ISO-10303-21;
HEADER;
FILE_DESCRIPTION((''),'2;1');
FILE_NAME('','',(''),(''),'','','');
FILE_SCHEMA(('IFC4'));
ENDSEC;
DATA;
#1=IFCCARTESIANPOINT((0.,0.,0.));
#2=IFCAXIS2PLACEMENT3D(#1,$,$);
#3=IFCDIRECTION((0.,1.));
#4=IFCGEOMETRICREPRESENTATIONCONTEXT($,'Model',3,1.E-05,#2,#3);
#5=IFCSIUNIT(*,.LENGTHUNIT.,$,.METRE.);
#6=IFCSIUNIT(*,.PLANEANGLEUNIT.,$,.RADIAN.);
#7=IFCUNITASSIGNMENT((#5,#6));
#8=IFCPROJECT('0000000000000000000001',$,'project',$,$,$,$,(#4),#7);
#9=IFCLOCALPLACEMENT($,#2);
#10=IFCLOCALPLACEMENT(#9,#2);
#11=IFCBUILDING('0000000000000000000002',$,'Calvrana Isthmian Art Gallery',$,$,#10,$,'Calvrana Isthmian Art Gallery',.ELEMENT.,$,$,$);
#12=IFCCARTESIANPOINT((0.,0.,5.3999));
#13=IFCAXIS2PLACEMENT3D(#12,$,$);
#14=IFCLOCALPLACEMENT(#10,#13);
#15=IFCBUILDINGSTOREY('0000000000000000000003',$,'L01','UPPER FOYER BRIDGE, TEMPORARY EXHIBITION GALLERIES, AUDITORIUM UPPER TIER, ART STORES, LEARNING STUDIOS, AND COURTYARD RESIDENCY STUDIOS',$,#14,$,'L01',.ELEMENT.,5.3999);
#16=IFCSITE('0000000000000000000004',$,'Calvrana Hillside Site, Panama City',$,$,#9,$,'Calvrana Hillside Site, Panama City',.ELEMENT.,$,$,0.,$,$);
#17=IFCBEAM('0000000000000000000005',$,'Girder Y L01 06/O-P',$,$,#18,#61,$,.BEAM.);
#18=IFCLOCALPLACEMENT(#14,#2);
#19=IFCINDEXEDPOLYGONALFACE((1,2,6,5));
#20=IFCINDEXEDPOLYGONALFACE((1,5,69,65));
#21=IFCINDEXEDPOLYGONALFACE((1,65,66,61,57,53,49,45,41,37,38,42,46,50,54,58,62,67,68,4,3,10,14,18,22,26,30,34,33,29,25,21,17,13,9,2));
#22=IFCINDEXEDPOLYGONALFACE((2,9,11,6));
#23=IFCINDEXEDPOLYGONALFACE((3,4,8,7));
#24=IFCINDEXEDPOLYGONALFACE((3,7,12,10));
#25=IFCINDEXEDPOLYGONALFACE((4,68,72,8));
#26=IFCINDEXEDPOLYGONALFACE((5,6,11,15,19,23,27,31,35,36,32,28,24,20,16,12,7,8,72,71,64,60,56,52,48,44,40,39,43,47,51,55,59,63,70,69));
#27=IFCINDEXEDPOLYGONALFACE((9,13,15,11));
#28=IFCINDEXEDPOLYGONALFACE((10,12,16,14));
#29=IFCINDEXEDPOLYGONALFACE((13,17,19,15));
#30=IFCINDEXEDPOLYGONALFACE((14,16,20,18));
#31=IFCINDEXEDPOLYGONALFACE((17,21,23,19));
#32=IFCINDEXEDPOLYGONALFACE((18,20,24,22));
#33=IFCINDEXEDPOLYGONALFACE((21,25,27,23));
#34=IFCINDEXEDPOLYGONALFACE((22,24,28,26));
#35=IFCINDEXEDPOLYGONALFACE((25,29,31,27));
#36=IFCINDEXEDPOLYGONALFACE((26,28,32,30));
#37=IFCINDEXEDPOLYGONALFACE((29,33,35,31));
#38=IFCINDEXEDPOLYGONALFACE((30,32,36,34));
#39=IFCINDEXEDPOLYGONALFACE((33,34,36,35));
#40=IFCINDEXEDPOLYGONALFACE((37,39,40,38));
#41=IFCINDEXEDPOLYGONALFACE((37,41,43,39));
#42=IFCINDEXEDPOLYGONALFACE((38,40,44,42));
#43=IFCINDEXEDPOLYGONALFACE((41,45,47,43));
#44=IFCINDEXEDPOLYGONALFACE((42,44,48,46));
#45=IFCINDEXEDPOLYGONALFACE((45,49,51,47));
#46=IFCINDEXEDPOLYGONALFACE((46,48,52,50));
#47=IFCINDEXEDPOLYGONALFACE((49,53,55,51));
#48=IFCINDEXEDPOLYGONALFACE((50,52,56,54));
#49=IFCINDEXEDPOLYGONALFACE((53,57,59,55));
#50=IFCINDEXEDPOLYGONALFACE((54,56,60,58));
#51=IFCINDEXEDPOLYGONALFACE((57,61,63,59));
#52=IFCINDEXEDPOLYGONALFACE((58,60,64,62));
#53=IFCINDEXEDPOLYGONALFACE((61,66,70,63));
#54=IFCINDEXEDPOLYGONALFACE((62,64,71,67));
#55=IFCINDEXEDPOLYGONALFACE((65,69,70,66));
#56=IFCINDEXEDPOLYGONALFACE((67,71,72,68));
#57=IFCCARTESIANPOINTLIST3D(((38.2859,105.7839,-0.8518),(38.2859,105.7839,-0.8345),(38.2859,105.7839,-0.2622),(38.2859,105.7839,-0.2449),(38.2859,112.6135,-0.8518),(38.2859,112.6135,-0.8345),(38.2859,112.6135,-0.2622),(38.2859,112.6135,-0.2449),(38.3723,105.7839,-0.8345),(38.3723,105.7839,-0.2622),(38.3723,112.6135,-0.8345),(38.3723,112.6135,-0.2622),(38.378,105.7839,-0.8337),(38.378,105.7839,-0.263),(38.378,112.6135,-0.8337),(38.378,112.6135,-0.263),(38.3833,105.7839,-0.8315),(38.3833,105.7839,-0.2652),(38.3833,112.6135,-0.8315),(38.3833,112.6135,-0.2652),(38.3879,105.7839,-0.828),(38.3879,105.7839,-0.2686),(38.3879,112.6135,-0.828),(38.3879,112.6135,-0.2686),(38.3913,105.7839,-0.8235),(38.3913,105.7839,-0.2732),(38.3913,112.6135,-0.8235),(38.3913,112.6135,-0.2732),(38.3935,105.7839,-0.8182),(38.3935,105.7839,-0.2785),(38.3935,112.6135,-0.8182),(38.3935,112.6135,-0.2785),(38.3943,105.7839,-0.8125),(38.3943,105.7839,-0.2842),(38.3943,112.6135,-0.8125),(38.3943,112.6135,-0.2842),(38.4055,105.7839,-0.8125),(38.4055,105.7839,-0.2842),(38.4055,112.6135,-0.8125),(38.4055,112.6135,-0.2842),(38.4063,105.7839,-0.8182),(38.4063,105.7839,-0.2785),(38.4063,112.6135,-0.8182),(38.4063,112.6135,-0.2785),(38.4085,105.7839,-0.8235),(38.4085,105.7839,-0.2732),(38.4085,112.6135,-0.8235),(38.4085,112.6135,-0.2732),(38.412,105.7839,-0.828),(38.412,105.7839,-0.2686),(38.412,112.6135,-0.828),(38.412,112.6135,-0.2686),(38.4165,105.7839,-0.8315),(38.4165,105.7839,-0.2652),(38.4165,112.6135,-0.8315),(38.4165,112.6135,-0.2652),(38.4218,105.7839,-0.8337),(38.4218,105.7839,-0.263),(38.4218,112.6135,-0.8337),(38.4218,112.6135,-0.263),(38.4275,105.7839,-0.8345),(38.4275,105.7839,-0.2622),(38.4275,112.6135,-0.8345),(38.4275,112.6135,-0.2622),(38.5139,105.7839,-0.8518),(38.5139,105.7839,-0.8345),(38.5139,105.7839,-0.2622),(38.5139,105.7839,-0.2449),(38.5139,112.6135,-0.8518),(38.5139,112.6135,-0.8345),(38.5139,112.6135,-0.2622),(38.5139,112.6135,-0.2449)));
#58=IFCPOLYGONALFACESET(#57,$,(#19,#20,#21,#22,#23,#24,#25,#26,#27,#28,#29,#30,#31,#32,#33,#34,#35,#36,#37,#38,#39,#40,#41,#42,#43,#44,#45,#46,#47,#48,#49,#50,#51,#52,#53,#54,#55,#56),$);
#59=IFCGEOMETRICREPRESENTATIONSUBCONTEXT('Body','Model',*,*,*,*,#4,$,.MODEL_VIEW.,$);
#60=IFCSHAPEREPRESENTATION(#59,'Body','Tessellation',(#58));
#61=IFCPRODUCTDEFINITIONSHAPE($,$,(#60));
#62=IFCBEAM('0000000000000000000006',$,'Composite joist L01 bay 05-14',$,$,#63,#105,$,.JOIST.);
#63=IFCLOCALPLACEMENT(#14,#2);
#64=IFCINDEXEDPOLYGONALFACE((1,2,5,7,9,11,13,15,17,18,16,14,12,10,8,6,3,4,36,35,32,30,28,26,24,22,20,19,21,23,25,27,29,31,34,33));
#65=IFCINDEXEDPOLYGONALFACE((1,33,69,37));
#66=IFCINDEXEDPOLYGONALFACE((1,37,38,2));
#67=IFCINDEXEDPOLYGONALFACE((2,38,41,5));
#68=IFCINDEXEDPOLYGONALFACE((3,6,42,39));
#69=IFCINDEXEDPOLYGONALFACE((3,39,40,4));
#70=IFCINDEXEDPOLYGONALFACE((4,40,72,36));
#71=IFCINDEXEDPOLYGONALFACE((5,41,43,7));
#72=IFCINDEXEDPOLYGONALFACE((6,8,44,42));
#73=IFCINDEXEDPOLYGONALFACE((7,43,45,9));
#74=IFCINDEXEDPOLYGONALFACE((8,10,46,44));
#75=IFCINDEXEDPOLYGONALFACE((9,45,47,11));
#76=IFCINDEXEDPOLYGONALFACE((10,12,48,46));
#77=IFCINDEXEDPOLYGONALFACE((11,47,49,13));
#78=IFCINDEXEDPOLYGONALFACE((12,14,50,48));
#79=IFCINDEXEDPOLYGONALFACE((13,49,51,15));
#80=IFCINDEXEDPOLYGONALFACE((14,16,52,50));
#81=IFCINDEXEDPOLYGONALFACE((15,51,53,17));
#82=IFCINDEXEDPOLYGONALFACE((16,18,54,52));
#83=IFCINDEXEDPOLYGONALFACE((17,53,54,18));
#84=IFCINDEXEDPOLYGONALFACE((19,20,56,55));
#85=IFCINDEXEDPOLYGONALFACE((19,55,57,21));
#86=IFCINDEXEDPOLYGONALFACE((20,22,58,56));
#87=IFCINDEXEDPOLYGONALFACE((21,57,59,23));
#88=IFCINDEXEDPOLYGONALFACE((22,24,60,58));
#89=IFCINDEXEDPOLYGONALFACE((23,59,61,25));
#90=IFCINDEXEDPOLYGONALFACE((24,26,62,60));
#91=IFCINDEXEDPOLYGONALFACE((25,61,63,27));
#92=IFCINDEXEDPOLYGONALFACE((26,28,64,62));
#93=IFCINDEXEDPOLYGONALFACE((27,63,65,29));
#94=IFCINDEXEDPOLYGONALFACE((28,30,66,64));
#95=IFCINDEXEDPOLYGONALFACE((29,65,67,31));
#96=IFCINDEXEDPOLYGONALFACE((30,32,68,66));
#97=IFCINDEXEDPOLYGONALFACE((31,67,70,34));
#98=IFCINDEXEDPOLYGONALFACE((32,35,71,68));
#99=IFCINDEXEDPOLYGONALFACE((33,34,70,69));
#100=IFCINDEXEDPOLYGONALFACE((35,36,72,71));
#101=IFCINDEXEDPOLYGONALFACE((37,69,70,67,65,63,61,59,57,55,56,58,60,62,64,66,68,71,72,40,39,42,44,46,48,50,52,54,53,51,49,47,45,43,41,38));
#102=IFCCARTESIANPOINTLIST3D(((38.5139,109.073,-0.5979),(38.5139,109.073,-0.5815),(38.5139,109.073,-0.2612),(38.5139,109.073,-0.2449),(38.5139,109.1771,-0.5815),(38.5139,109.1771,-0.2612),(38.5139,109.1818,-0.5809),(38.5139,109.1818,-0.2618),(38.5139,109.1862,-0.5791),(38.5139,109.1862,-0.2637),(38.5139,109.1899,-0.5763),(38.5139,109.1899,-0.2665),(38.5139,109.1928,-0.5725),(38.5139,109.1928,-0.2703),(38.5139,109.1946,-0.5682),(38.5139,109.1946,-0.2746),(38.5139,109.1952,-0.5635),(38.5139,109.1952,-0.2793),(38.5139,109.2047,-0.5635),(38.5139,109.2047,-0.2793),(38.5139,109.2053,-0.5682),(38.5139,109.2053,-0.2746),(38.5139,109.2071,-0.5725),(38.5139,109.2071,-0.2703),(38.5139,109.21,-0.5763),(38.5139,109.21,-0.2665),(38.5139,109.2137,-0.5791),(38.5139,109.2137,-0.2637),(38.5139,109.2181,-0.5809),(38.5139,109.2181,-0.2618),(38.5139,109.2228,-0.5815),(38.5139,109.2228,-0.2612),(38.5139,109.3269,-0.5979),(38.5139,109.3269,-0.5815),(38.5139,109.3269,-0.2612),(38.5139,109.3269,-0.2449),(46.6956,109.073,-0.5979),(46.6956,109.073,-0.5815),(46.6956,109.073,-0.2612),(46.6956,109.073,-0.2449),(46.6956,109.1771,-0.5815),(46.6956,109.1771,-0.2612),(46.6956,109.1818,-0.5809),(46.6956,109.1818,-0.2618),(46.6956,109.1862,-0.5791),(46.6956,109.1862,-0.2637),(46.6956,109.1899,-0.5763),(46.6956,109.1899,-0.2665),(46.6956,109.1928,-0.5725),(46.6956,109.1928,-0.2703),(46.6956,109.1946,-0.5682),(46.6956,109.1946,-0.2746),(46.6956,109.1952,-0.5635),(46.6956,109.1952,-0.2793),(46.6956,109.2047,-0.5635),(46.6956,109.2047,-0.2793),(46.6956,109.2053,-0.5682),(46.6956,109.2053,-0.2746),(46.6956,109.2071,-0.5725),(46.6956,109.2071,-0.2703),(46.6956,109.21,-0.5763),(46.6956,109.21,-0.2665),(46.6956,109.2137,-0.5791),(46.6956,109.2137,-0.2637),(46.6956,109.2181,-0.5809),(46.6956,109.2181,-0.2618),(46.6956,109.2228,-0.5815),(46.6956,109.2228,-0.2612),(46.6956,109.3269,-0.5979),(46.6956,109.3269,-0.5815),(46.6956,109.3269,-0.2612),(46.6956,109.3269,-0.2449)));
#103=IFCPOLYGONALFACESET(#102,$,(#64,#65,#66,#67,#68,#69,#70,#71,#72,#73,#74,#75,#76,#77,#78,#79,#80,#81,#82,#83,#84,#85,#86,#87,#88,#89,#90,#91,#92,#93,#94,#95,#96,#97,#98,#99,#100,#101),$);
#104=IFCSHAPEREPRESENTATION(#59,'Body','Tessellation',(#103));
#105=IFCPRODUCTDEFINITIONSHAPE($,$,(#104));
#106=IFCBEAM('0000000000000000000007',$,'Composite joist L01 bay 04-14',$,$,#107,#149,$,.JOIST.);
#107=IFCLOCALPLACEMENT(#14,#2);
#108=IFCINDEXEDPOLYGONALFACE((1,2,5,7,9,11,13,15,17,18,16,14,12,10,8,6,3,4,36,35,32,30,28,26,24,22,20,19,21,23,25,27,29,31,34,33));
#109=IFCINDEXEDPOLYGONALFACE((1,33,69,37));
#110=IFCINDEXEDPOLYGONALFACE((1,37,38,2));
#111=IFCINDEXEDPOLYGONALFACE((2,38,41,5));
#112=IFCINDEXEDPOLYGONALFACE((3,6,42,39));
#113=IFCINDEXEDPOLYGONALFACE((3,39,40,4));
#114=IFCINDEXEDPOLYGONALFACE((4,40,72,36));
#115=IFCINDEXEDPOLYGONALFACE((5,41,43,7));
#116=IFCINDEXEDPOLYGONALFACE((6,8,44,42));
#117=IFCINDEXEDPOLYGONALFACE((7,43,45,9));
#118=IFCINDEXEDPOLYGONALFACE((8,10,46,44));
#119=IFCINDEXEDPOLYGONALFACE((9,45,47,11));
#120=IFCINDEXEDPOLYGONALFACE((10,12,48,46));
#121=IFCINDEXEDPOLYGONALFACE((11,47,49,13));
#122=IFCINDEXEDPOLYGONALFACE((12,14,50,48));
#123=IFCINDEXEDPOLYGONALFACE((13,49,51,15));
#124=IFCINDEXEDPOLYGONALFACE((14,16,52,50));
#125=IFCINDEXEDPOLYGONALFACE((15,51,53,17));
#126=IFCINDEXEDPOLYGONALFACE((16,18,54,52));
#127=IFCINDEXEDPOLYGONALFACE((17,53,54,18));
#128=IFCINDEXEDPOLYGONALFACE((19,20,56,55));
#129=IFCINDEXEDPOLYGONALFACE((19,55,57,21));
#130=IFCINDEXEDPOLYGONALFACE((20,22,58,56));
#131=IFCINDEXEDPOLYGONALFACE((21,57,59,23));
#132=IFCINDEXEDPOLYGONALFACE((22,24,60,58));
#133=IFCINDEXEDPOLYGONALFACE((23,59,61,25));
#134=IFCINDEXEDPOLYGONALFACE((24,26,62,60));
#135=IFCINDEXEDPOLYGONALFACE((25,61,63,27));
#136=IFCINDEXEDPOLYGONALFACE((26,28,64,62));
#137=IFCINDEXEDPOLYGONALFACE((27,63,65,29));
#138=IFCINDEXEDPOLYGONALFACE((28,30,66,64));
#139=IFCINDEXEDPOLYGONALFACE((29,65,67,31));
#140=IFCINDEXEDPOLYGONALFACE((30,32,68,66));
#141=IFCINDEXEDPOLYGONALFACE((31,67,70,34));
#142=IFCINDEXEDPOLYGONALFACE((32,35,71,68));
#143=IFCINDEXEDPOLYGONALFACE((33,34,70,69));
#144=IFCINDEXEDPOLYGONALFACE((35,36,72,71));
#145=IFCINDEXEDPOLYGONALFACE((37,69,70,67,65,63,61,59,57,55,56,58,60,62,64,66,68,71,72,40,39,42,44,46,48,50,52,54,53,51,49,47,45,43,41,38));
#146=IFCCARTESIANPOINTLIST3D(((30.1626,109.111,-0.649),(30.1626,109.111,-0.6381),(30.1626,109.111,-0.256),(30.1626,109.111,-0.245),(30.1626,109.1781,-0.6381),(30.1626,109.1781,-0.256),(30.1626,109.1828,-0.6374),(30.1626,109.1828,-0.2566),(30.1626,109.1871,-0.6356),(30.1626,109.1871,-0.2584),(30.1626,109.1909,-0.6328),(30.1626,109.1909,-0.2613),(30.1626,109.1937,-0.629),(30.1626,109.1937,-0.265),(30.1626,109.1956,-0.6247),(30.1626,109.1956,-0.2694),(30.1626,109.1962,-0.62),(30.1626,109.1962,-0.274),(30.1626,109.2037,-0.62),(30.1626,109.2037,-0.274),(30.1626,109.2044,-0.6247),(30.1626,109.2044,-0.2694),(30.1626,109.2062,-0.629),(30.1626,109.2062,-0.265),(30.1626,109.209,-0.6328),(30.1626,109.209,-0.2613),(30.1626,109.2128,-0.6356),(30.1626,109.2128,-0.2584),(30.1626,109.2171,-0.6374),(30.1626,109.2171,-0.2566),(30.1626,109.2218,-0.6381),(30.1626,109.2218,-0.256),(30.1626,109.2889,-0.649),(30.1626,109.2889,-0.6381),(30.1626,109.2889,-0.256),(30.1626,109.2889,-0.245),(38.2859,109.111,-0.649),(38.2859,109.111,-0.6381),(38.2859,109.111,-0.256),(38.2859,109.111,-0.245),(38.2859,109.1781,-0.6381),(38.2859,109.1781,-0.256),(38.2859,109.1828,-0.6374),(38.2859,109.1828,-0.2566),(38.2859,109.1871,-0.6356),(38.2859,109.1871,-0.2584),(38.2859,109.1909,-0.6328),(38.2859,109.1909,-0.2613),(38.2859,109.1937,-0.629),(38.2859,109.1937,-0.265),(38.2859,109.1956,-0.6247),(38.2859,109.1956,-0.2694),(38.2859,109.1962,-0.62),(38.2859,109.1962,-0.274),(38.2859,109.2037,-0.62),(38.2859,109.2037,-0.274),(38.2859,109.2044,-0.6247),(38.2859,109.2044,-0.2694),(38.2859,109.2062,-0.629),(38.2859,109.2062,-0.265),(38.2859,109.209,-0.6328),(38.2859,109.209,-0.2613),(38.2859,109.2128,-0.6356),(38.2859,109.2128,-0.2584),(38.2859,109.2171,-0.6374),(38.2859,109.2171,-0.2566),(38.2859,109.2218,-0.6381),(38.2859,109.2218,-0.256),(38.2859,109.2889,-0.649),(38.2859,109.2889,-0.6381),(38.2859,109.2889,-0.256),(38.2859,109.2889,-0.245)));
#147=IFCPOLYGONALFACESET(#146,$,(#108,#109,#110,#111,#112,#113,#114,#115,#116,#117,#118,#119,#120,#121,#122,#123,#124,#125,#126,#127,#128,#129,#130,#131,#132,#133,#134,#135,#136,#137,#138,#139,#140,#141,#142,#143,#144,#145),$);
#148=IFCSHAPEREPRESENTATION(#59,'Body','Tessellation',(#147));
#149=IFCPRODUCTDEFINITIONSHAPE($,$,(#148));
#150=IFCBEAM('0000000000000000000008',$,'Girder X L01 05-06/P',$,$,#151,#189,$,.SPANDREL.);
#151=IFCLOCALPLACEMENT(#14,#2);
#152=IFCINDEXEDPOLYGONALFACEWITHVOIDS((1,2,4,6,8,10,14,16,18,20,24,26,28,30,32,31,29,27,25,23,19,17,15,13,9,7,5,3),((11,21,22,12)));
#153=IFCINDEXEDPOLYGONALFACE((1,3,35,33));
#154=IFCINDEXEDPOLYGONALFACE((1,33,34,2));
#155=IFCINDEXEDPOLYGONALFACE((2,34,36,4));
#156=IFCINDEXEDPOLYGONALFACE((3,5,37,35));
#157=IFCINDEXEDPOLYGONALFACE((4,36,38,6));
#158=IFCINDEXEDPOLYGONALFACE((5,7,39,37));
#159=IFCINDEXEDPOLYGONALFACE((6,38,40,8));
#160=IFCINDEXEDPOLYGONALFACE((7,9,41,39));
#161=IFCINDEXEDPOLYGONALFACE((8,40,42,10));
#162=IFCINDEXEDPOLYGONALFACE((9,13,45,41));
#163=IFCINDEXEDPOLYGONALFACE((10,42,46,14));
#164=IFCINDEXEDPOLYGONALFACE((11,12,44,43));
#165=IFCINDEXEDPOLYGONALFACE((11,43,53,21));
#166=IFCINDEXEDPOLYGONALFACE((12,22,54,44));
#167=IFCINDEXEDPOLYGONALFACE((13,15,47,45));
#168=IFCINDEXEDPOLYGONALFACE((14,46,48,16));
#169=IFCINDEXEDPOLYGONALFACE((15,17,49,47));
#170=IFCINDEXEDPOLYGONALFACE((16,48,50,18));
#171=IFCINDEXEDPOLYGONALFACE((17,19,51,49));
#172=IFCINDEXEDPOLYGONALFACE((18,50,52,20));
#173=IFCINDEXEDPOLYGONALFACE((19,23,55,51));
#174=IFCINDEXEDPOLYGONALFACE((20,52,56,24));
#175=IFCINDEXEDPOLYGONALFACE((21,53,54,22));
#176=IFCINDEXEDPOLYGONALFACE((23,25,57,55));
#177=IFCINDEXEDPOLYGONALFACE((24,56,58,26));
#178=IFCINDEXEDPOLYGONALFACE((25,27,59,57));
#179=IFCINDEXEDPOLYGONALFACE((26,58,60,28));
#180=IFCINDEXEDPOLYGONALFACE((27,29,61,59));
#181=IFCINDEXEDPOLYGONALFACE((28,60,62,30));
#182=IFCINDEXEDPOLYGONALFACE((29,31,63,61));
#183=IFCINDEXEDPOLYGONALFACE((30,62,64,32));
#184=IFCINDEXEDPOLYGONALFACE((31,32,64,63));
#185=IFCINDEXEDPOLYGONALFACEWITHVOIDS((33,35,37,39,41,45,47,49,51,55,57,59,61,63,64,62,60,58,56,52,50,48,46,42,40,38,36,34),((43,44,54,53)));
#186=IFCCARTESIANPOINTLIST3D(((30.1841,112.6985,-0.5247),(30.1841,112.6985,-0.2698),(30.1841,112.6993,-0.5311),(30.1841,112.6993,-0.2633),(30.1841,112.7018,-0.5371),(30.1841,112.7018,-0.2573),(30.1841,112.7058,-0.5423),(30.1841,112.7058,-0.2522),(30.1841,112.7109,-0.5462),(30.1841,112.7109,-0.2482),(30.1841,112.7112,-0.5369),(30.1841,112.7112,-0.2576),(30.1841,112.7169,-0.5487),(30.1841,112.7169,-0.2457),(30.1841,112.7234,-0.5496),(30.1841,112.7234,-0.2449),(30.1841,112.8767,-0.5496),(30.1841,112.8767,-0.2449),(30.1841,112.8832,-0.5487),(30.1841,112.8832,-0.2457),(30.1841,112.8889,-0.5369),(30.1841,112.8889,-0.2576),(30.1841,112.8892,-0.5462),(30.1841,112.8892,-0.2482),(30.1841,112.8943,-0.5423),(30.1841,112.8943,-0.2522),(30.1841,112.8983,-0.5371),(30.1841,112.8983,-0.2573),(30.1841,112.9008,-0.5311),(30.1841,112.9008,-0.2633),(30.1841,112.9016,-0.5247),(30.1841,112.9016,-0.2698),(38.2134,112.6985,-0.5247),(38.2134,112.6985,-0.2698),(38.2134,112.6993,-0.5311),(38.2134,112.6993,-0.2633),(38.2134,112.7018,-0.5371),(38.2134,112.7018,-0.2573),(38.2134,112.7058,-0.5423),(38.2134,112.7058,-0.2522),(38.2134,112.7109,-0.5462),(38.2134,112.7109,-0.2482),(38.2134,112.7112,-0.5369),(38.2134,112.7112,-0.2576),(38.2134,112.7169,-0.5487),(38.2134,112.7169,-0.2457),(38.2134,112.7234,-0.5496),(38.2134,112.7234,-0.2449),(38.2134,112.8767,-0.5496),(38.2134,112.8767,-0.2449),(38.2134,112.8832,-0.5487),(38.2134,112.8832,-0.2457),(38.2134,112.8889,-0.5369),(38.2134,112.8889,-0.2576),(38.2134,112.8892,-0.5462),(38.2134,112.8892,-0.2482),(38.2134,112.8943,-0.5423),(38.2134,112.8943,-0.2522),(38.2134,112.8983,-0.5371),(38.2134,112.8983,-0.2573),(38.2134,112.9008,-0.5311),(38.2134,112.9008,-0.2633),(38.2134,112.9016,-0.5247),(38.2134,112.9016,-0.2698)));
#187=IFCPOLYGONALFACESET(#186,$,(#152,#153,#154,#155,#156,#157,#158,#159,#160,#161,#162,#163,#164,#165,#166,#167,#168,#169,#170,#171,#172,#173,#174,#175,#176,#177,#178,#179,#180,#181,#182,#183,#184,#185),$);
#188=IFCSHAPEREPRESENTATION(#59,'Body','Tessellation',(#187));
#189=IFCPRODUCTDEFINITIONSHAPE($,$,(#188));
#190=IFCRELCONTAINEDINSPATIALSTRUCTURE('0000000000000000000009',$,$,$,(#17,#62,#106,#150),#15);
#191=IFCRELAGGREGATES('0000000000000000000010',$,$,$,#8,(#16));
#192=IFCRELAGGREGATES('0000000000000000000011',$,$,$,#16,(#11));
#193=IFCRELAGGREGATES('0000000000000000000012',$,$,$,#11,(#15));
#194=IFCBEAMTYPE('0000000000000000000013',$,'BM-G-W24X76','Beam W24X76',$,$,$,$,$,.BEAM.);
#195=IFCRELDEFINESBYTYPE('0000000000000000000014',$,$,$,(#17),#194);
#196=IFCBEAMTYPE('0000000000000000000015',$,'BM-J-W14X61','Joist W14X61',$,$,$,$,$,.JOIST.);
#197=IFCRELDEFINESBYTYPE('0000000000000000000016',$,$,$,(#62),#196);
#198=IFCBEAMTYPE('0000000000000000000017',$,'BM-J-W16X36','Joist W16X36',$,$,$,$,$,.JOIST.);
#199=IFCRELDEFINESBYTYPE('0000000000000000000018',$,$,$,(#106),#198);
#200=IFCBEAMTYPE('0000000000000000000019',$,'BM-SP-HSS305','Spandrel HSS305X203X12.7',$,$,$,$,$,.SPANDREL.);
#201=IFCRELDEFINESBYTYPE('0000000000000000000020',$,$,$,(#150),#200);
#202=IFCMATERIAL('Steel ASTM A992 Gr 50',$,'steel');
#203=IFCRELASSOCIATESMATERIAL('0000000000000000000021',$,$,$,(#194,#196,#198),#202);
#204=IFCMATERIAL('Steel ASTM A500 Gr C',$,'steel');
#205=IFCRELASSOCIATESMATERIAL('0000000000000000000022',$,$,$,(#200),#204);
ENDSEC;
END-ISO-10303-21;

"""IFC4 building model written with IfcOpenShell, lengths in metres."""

from ifc_helpers import new_model, si_unit, direction, frame, origin, origin_2d, place, context, subcontext, project, spatial, hollow_rectangle, i_section, extrude, material, material_profile, profile_set, type_object, element, save


model = new_model("IFC4")

# Units and contexts
model_context = context("Model", 3, precision=1e-05, world=origin(), true_north=direction((0.0, 1.0)))
body_context = subcontext(model_context, "Body", "Model", "MODEL_VIEW")
ifc_project = project(units=[si_unit("LENGTHUNIT", "METRE"), si_unit("PLANEANGLEUNIT", "RADIAN")], contexts=[model_context])

# Site, building, storey
site_placement = place(None, origin())
site = spatial("IfcSite", under=ifc_project, at=site_placement, Name="Calvrana Hillside Site, Panama City", LongName="Calvrana Hillside Site, Panama City", CompositionType="ELEMENT", RefElevation=0.0)
building_placement = place(site_placement, origin())
building = spatial("IfcBuilding", under=site, at=building_placement, Name="Calvrana Isthmian Art Gallery", LongName="Calvrana Isthmian Art Gallery", CompositionType="ELEMENT")
storey_placement = place(building_placement, frame((0.0, 0.0, 5.3999)))
storey = spatial("IfcBuildingStorey", under=building, at=storey_placement, Name="L01", Description="UPPER FOYER BRIDGE, TEMPORARY EXHIBITION GALLERIES, AUDITORIUM UPPER TIER, ART STORES, LEARNING STUDIOS, AND COURTYARD RESIDENCY STUDIOS", LongName="L01", CompositionType="ELEMENT", Elevation=5.3999)

# Shared definitions
ifc_material_1 = material(Name="Steel ASTM A992 Gr 50", Category="steel")

# Beams
ifc_material_profile_1 = material_profile(ifc_material_1, i_section(OverallWidth=0.228, OverallDepth=0.6069, WebThickness=0.0112, FlangeThickness=0.0173, FilletRadius=0.022, at=origin_2d()), Name="W24X76")
ifc_profile_set_1 = profile_set([ifc_material_profile_1], Name="Steel ASTM A992 Gr 50")
beam_type_1 = type_object("IfcBeamType", Name="BM-G-W24X76", Description="Beam W24X76", PredefinedType="BEAM", material=ifc_profile_set_1)
beam_1_placement = place(storey_placement, frame((38.3999, 105.7839, -0.5483), z_axis=(0.0, 1.0, 0.0), x_axis=(-1.0, 0.0, 0.0)))
element("IfcBeam", 1, at=beam_1_placement, inside=storey, type_object=beam_type_1, Name="Girder Y L01 06/O-P", PredefinedType="BEAM", context=body_context, shape_type="SweptSolid", body=[
    extrude(i_section(OverallWidth=0.228, OverallDepth=0.6069, WebThickness=0.0112, FlangeThickness=0.0173, FilletRadius=0.022, at=origin_2d()), origin(), (0.0, 0.0, 1.0), 6.8296),
])
ifc_material_profile_2 = material_profile(ifc_material_1, i_section(OverallWidth=0.2539, OverallDepth=0.353, WebThickness=0.0095, FlangeThickness=0.0164, FilletRadius=0.0181, at=origin_2d()), Name="W14X61")
ifc_profile_set_2 = profile_set([ifc_material_profile_2], Name="Steel ASTM A992 Gr 50")
beam_type_2 = type_object("IfcBeamType", Name="BM-J-W14X61", Description="Joist W14X61", PredefinedType="JOIST", material=ifc_profile_set_2)
beam_2_placement = place(storey_placement, frame((38.5139, 109.2, -0.4214), z_axis=(1.0, 0.0, 0.0), x_axis=(0.0, 1.0, 0.0)))
element("IfcBeam", 2, at=beam_2_placement, inside=storey, type_object=beam_type_2, Name="Composite joist L01 bay 05-14", PredefinedType="JOIST", context=body_context, shape_type="SweptSolid", body=[
    extrude(i_section(OverallWidth=0.2539, OverallDepth=0.353, WebThickness=0.0095, FlangeThickness=0.0164, FilletRadius=0.0181, at=origin_2d()), origin(), (0.0, 0.0, 1.0), 8.1816),
])
ifc_material_profile_3 = material_profile(ifc_material_1, i_section(OverallWidth=0.178, OverallDepth=0.4041, WebThickness=0.0076, FlangeThickness=0.011, FilletRadius=0.0181, at=origin_2d()), Name="W16X36")
ifc_profile_set_3 = profile_set([ifc_material_profile_3], Name="Steel ASTM A992 Gr 50")
beam_type_3 = type_object("IfcBeamType", Name="BM-J-W16X36", Description="Joist W16X36", PredefinedType="JOIST", material=ifc_profile_set_3)
beam_3_placement = place(storey_placement, frame((30.1626, 109.2, -0.447), z_axis=(1.0, 0.0, 0.0), x_axis=(0.0, 1.0, 0.0)))
element("IfcBeam", 3, at=beam_3_placement, inside=storey, type_object=beam_type_3, Name="Composite joist L01 bay 04-14", PredefinedType="JOIST", context=body_context, shape_type="SweptSolid", body=[
    extrude(i_section(OverallWidth=0.178, OverallDepth=0.4041, WebThickness=0.0076, FlangeThickness=0.011, FilletRadius=0.0181, at=origin_2d()), origin(), (0.0, 0.0, 1.0), 8.1233),
])
ifc_material_2 = material(Name="Steel ASTM A500 Gr C", Category="steel")
ifc_material_profile_4 = material_profile(ifc_material_2, hollow_rectangle(XDim=0.2031, YDim=0.3047, WallThickness=0.0127, OuterFilletRadius=0.0249, at=origin_2d()), Name="HSS305X203X12.7")
ifc_profile_set_4 = profile_set([ifc_material_profile_4], Name="Steel ASTM A500 Gr C")
beam_type_4 = type_object("IfcBeamType", Name="BM-SP-HSS305", Description="Spandrel HSS305X203X12.7", PredefinedType="SPANDREL", material=ifc_profile_set_4)
beam_4_placement = place(storey_placement, frame((30.1841, 112.8, -0.3972), z_axis=(1.0, 0.0, 0.0), x_axis=(0.0, 1.0, 0.0)))
element("IfcBeam", 4, at=beam_4_placement, inside=storey, type_object=beam_type_4, Name="Girder X L01 05-06/P", PredefinedType="SPANDREL", context=body_context, shape_type="SweptSolid", body=[
    extrude(hollow_rectangle(XDim=0.2031, YDim=0.3047, WallThickness=0.0127, OuterFilletRadius=0.0249, at=origin_2d()), origin(), (0.0, 0.0, 1.0), 8.0293),
])

save(model, "model.ifc")
